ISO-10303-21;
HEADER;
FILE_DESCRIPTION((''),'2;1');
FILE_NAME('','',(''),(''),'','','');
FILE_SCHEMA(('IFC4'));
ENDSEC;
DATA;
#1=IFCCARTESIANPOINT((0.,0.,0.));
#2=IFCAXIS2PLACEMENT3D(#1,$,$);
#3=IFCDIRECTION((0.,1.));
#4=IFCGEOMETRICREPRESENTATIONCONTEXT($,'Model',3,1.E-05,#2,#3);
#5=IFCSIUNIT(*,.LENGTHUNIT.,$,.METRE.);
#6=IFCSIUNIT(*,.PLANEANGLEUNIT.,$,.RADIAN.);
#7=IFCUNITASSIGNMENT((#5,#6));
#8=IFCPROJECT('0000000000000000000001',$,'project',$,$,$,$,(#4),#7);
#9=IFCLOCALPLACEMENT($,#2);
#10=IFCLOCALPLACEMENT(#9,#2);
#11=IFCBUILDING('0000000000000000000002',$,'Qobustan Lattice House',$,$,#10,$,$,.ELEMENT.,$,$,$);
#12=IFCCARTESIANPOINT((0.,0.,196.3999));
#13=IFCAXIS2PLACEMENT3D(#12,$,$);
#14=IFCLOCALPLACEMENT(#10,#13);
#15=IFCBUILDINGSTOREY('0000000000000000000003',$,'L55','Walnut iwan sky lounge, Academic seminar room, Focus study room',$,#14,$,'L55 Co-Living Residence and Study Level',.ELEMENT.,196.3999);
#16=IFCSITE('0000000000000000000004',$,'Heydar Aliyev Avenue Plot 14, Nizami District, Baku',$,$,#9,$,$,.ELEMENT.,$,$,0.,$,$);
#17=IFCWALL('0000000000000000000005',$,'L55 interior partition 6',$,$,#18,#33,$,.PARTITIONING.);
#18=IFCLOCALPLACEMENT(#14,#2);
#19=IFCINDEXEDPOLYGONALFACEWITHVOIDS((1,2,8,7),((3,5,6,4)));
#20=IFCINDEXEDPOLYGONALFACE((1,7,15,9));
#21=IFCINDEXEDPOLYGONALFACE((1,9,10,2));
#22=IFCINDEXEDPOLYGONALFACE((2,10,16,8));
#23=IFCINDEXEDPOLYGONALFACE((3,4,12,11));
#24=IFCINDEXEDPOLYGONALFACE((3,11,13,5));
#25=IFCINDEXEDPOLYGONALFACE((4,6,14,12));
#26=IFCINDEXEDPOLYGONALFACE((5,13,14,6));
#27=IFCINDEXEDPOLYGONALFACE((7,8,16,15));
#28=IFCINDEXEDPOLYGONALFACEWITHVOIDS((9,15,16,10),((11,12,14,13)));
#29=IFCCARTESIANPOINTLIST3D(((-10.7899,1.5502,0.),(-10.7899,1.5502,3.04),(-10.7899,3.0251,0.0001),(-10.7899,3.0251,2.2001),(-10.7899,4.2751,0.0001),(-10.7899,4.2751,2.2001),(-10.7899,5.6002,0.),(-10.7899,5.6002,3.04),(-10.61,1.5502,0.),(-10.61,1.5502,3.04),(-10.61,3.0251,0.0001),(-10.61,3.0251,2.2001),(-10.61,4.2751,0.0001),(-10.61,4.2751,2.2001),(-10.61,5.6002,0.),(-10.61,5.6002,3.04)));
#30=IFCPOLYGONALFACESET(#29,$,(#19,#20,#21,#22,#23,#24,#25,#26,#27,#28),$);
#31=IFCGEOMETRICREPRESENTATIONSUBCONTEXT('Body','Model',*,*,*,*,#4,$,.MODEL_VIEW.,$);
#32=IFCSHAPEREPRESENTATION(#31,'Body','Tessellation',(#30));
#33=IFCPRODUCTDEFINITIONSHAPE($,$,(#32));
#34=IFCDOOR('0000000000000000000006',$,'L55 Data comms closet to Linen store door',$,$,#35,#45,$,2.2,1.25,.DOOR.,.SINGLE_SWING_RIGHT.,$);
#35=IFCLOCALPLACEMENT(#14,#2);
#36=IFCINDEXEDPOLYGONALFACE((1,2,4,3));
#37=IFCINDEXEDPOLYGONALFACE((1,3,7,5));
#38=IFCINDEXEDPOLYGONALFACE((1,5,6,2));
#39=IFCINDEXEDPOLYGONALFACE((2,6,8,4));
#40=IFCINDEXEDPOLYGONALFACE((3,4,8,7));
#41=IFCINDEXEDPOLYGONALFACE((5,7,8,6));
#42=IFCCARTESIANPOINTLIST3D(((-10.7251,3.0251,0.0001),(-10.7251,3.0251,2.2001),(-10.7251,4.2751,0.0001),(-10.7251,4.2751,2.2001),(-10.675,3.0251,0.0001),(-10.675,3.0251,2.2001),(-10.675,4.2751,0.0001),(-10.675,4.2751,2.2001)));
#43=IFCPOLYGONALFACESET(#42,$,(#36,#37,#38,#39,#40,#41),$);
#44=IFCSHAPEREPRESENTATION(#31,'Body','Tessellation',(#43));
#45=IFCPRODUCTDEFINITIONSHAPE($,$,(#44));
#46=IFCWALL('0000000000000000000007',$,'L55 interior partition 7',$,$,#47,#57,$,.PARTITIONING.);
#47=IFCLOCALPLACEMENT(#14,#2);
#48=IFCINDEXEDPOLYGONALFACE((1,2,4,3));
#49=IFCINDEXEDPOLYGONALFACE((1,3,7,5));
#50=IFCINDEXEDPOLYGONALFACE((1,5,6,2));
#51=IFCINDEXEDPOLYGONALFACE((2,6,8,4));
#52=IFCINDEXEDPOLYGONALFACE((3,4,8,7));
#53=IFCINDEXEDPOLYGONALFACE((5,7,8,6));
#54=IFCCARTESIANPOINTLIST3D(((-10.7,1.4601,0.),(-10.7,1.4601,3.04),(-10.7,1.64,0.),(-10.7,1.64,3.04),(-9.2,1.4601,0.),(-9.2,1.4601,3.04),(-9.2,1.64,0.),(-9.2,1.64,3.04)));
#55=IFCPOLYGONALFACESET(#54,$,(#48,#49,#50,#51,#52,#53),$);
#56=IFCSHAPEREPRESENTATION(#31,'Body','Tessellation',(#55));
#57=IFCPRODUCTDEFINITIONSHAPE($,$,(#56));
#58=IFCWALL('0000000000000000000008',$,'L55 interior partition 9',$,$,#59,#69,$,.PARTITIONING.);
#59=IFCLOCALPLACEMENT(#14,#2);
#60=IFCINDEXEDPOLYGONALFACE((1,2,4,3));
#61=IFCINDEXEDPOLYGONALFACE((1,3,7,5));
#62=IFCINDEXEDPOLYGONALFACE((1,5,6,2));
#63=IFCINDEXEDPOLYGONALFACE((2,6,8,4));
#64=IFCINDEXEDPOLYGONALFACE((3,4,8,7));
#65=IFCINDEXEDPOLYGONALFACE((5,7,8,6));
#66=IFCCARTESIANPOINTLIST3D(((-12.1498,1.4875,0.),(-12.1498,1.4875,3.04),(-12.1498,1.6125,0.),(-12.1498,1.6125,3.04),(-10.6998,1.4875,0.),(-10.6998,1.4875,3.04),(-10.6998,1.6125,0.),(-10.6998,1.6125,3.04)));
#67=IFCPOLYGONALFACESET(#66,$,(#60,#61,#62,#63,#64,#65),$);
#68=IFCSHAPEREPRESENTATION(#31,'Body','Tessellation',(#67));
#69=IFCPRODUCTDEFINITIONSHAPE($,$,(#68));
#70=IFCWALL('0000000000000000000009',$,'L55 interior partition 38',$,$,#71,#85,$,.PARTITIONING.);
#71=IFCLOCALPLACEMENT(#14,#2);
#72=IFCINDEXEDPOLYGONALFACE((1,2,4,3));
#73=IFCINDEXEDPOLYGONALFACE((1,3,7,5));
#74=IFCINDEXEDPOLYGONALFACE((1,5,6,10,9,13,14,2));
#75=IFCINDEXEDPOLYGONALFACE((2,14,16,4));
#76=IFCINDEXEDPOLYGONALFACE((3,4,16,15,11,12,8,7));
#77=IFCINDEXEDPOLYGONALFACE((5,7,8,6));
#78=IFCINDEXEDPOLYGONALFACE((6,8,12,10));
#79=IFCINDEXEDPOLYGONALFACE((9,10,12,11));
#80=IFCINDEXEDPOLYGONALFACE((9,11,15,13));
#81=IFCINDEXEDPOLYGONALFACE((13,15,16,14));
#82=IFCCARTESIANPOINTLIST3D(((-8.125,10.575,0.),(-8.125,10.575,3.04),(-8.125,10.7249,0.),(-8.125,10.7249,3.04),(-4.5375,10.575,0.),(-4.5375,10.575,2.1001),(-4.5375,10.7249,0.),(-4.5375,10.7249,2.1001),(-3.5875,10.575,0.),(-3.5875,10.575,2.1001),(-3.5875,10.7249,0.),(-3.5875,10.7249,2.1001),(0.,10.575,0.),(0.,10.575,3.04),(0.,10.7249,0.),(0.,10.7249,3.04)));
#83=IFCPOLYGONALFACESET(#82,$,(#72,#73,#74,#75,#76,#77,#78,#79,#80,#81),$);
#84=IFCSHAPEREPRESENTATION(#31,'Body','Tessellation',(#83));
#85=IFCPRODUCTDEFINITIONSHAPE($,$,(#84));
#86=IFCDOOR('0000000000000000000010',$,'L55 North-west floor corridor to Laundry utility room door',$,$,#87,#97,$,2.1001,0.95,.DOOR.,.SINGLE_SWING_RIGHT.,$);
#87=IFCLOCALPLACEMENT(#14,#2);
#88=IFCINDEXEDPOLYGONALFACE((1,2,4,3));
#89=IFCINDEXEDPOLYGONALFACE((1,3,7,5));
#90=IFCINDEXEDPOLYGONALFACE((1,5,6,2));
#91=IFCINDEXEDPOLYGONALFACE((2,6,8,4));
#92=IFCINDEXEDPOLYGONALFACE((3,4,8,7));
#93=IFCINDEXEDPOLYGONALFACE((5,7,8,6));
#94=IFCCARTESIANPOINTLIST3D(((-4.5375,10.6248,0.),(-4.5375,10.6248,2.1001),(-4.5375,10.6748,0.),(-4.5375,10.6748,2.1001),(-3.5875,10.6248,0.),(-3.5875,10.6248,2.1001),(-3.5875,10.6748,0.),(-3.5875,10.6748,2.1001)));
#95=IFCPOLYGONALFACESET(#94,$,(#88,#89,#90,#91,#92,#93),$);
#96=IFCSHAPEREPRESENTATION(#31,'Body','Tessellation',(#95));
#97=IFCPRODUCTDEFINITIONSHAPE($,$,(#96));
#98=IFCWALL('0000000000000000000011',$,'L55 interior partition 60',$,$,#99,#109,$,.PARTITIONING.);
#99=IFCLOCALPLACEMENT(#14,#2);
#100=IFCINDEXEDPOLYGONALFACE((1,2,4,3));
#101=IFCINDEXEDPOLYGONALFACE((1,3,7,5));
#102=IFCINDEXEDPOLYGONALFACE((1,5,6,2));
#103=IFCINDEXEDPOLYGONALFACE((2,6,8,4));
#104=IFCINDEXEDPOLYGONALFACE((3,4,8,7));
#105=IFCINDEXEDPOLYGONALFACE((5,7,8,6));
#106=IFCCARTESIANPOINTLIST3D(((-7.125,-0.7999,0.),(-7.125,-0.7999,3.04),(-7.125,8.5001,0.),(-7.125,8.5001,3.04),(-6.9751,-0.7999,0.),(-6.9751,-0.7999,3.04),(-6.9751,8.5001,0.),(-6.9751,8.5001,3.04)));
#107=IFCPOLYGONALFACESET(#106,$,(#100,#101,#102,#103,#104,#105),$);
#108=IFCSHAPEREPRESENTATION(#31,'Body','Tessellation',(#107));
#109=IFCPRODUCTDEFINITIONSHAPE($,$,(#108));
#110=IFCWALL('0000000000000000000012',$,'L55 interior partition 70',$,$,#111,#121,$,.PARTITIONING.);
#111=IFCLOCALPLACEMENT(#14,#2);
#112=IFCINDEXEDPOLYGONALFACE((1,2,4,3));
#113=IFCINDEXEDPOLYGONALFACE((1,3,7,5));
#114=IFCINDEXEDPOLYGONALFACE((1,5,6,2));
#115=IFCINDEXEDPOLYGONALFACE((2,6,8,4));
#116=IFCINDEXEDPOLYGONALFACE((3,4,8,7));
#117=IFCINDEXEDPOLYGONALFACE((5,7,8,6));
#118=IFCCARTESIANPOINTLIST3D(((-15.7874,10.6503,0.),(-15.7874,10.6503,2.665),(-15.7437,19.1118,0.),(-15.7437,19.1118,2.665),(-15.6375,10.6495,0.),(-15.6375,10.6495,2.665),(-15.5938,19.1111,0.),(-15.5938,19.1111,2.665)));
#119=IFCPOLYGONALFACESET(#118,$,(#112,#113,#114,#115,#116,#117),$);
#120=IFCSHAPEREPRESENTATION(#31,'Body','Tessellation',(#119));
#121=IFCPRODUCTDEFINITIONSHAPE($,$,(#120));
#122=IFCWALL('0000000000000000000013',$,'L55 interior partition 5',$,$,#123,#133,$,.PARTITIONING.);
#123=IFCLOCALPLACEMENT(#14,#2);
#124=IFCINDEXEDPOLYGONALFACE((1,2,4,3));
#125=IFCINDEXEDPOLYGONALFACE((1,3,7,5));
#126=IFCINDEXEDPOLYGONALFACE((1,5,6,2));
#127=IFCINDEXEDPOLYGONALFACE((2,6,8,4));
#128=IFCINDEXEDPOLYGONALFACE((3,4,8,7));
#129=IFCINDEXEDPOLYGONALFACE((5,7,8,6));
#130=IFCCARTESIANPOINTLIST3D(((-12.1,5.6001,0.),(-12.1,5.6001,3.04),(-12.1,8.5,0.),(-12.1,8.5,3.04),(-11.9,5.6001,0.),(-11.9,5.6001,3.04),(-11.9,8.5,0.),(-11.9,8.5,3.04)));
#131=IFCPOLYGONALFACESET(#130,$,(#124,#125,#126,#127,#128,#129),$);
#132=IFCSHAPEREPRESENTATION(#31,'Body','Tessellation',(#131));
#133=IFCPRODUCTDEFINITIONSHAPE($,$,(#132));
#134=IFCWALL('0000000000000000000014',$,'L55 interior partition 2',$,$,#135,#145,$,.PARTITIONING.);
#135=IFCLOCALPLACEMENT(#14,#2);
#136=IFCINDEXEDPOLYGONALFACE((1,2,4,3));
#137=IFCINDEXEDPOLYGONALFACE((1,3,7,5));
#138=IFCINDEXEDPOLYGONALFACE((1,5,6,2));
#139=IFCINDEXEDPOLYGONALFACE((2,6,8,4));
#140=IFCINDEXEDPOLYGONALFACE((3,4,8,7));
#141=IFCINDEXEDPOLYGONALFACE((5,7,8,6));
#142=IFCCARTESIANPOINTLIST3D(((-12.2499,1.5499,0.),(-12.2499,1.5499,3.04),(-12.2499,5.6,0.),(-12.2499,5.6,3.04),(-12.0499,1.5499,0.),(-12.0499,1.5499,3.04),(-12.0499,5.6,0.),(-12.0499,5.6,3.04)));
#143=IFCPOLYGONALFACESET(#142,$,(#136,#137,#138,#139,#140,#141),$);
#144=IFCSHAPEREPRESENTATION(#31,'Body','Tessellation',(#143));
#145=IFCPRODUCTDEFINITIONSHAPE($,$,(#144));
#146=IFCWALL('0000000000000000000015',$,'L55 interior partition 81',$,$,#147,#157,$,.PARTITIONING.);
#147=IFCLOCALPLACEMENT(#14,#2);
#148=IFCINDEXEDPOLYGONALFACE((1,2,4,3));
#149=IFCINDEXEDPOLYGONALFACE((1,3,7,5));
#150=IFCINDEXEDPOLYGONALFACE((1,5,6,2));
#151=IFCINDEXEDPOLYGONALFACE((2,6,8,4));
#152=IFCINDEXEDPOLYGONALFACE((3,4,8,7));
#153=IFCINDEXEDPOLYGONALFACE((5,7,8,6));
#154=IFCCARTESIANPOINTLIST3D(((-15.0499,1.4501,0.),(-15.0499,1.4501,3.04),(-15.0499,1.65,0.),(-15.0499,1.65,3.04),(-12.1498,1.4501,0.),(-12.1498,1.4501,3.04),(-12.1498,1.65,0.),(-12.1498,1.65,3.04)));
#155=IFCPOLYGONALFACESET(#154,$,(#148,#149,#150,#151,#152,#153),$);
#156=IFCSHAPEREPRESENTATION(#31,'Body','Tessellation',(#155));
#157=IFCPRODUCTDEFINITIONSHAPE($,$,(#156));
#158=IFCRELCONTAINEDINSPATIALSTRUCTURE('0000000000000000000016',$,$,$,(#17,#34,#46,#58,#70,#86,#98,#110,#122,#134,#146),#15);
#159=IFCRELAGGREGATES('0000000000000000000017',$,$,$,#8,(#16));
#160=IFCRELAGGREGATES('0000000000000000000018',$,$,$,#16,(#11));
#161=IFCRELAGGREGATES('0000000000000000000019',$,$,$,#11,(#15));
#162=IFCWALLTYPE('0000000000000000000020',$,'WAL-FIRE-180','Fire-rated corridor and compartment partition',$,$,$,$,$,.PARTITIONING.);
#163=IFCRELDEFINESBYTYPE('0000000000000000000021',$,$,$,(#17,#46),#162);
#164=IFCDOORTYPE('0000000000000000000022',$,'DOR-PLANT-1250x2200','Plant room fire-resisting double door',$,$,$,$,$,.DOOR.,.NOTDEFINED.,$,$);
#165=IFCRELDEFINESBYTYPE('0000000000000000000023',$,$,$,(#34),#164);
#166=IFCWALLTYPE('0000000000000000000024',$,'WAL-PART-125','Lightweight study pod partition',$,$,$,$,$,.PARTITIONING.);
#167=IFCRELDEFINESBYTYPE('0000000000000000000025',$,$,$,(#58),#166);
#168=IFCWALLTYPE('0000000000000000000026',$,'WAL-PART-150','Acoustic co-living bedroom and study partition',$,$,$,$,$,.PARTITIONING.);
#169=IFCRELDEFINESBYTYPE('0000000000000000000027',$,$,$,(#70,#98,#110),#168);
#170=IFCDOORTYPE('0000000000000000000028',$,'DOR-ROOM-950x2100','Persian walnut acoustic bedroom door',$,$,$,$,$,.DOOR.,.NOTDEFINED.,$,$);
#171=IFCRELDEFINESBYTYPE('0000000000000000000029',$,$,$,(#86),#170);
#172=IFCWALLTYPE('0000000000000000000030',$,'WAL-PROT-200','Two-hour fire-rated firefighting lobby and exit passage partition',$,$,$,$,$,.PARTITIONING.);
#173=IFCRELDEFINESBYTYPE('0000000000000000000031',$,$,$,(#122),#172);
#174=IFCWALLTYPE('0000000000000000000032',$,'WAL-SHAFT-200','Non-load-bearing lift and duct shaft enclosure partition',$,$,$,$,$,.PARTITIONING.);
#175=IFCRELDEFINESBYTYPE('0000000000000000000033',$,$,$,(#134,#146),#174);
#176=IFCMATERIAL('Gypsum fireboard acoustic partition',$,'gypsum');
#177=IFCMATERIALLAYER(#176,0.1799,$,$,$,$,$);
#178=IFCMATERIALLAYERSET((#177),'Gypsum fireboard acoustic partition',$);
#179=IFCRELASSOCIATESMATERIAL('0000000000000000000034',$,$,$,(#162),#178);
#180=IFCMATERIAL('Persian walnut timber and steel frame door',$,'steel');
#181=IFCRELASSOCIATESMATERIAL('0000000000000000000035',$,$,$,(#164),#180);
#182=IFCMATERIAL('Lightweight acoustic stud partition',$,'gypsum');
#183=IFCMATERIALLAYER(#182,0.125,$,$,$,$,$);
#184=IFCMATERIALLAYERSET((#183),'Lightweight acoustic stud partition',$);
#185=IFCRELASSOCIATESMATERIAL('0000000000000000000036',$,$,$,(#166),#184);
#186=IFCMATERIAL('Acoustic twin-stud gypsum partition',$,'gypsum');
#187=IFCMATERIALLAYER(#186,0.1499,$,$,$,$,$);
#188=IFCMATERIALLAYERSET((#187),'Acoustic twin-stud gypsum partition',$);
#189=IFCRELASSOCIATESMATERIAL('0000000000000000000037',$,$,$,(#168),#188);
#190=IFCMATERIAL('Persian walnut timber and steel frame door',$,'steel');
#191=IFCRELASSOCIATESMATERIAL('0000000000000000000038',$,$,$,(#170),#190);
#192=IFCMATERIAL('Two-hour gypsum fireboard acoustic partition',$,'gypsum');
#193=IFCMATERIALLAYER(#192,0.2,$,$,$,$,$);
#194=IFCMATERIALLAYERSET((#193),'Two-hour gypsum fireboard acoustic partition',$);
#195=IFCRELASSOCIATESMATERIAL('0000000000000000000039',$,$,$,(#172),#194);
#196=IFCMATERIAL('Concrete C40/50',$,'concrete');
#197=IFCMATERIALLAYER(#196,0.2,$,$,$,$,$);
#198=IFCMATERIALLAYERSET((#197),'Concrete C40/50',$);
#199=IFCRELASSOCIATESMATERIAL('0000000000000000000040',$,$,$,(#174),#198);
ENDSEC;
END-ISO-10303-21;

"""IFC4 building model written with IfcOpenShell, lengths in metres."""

from ifc_helpers import new_model, si_unit, direction, frame, frame_2d, origin, place, context, subcontext, project, spatial, rectangle, extrude, material, layer, layer_set, type_object, element, fill, save


model = new_model("IFC4")

# Units and contexts
model_context = context("Model", 3, precision=1e-05, world=origin(), true_north=direction((0.0, 1.0)))
body_context = subcontext(model_context, "Body", "Model", "MODEL_VIEW")
ifc_project = project(units=[si_unit("LENGTHUNIT", "METRE"), si_unit("PLANEANGLEUNIT", "RADIAN")], contexts=[model_context])

# Site, building, storey
site_placement = place(None, origin())
site = spatial("IfcSite", under=ifc_project, at=site_placement, Name="Heydar Aliyev Avenue Plot 14, Nizami District, Baku", CompositionType="ELEMENT", RefElevation=0.0)
building_placement = place(site_placement, origin())
building = spatial("IfcBuilding", under=site, at=building_placement, Name="Qobustan Lattice House", CompositionType="ELEMENT")
storey_placement = place(building_placement, frame((0.0, 0.0, 196.3999)))
storey = spatial("IfcBuildingStorey", under=building, at=storey_placement, Name="L55", Description="Walnut iwan sky lounge, Academic seminar room, Focus study room", LongName="L55 Co-Living Residence and Study Level", CompositionType="ELEMENT", Elevation=196.3999)

# Wall, opening, door
ifc_material_1 = material(Name="Gypsum fireboard acoustic partition", Category="gypsum")
ifc_layer_1 = layer(ifc_material_1, 0.1799)
ifc_layer_set_1 = layer_set([ifc_layer_1], Name="Gypsum fireboard acoustic partition")
wall_type_1 = type_object("IfcWallType", Name="WAL-FIRE-180", Description="Fire-rated corridor and compartment partition", PredefinedType="PARTITIONING", material=ifc_layer_set_1)
wall_1_placement = place(storey_placement, frame((-10.7, 5.6001, 0.0), z_axis=(0.0, 0.0, 1.0), x_axis=(0.0, -1.0, 0.0)))
wall_1 = element("IfcWall", 1, at=wall_1_placement, inside=storey, type_object=wall_type_1, Name="L55 interior partition 6", PredefinedType="PARTITIONING", context=body_context, shape_type="SweptSolid", body=[
    extrude(rectangle(XDim=4.05, YDim=0.1799, at=frame_2d((2.0249, 0.0))), origin(), (0.0, 0.0, 1.0), 3.04),
])
opening_1_placement = place(wall_1_placement, frame((1.325, 0.0, 0.0)))
opening_1 = element("IfcOpeningElement", 2, at=opening_1_placement, cuts=wall_1, PredefinedType="OPENING", context=body_context, shape_type="SweptSolid", body=[
    extrude(rectangle(XDim=1.25, YDim=2.2, at=frame_2d((0.625, 1.1001))), frame((0.0, 0.0999, 0.0), z_axis=(0.0, -1.0, 0.0), x_axis=(1.0, 0.0, 0.0)), (0.0, 0.0, 1.0), 0.2),
])
ifc_material_2 = material(Name="Persian walnut timber and steel frame door", Category="steel")
door_type_1 = type_object("IfcDoorType", Name="DOR-PLANT-1250x2200", Description="Plant room fire-resisting double door", OperationType="NOTDEFINED", PredefinedType="DOOR", material=ifc_material_2)
door_1_placement = place(opening_1_placement, origin())
door_1 = element("IfcDoor", 3, at=door_1_placement, inside=storey, type_object=door_type_1, Name="L55 Data comms closet to Linen store door", OperationType="SINGLE_SWING_RIGHT", OverallHeight=2.2, OverallWidth=1.25, PredefinedType="DOOR", context=body_context, shape_type="SweptSolid", body=[
    extrude(rectangle(XDim=1.25, YDim=2.2, at=frame_2d((0.625, 1.1001))), frame((0.0, 0.0249, 0.0), z_axis=(0.0, -1.0, 0.0), x_axis=(1.0, 0.0, 0.0)), (0.0, 0.0, 1.0), 0.05),
])
fill(opening_1, door_1)

# Walls
wall_2_placement = place(storey_placement, frame((-10.7, 1.55, 0.0), z_axis=(0.0, 0.0, 1.0), x_axis=(1.0, 0.0, 0.0)))
element("IfcWall", 4, at=wall_2_placement, inside=storey, type_object=wall_type_1, Name="L55 interior partition 7", PredefinedType="PARTITIONING", context=body_context, shape_type="SweptSolid", body=[
    extrude(rectangle(XDim=1.5, YDim=0.1799, at=frame_2d((0.75, 0.0))), origin(), (0.0, 0.0, 1.0), 3.04),
])
ifc_material_3 = material(Name="Lightweight acoustic stud partition", Category="gypsum")
ifc_layer_2 = layer(ifc_material_3, 0.125)
ifc_layer_set_2 = layer_set([ifc_layer_2], Name="Lightweight acoustic stud partition")
wall_type_2 = type_object("IfcWallType", Name="WAL-PART-125", Description="Lightweight study pod partition", PredefinedType="PARTITIONING", material=ifc_layer_set_2)
wall_3_placement = place(storey_placement, frame((-12.1499, 1.55, 0.0), z_axis=(0.0, 0.0, 1.0), x_axis=(1.0, 0.0, 0.0)))
element("IfcWall", 5, at=wall_3_placement, inside=storey, type_object=wall_type_2, Name="L55 interior partition 9", PredefinedType="PARTITIONING", context=body_context, shape_type="SweptSolid", body=[
    extrude(rectangle(XDim=1.45, YDim=0.125, at=frame_2d((0.7251, 0.0))), origin(), (0.0, 0.0, 1.0), 3.04),
])

# Wall, opening, door
ifc_material_4 = material(Name="Acoustic twin-stud gypsum partition", Category="gypsum")
ifc_layer_3 = layer(ifc_material_4, 0.1499)
ifc_layer_set_3 = layer_set([ifc_layer_3], Name="Acoustic twin-stud gypsum partition")
wall_type_3 = type_object("IfcWallType", Name="WAL-PART-150", Description="Acoustic co-living bedroom and study partition", PredefinedType="PARTITIONING", material=ifc_layer_set_3)
wall_4_placement = place(storey_placement, frame((-8.125, 10.6499, 0.0), z_axis=(0.0, 0.0, 1.0), x_axis=(1.0, 0.0, 0.0)))
wall_4 = element("IfcWall", 6, at=wall_4_placement, inside=storey, type_object=wall_type_3, Name="L55 interior partition 38", PredefinedType="PARTITIONING", context=body_context, shape_type="SweptSolid", body=[
    extrude(rectangle(XDim=8.125, YDim=0.1499, at=frame_2d((4.0625, 0.0))), origin(), (0.0, 0.0, 1.0), 3.04),
])
opening_2_placement = place(wall_4_placement, frame((3.5874, 0.0, 0.0)))
opening_2 = element("IfcOpeningElement", 7, at=opening_2_placement, cuts=wall_4, PredefinedType="OPENING", context=body_context, shape_type="SweptSolid", body=[
    extrude(rectangle(XDim=0.95, YDim=2.1001, at=frame_2d((0.4751, 1.05))), frame((0.0, 0.085, 0.0), z_axis=(0.0, -1.0, 0.0), x_axis=(1.0, 0.0, 0.0)), (0.0, 0.0, 1.0), 0.1699),
])
ifc_material_5 = material(Name="Persian walnut timber and steel frame door", Category="steel")
door_type_2 = type_object("IfcDoorType", Name="DOR-ROOM-950x2100", Description="Persian walnut acoustic bedroom door", OperationType="NOTDEFINED", PredefinedType="DOOR", material=ifc_material_5)
door_2_placement = place(opening_2_placement, origin())
door_2 = element("IfcDoor", 8, at=door_2_placement, inside=storey, type_object=door_type_2, Name="L55 North-west floor corridor to Laundry utility room door", OperationType="SINGLE_SWING_RIGHT", OverallHeight=2.1001, OverallWidth=0.95, PredefinedType="DOOR", context=body_context, shape_type="SweptSolid", body=[
    extrude(rectangle(XDim=0.95, YDim=2.1001, at=frame_2d((0.4751, 1.05))), frame((0.0, 0.0249, 0.0), z_axis=(0.0, -1.0, 0.0), x_axis=(1.0, 0.0, 0.0)), (0.0, 0.0, 1.0), 0.05),
])
fill(opening_2, door_2)

# Walls
wall_5_placement = place(storey_placement, frame((-7.05, 8.5, 0.0), z_axis=(0.0, 0.0, 1.0), x_axis=(0.0, -1.0, 0.0)))
element("IfcWall", 9, at=wall_5_placement, inside=storey, type_object=wall_type_3, Name="L55 interior partition 60", PredefinedType="PARTITIONING", context=body_context, shape_type="SweptSolid", body=[
    extrude(rectangle(XDim=9.3, YDim=0.1499, at=frame_2d((4.6499, 0.0))), origin(), (0.0, 0.0, 1.0), 3.04),
])
wall_6_placement = place(storey_placement, frame((-15.6687, 19.1116, 0.0), z_axis=(0.0, 0.0, 1.0), x_axis=(-0.005165, -0.999987, 0.0)))
element("IfcWall", 10, at=wall_6_placement, inside=storey, type_object=wall_type_3, Name="L55 interior partition 70", PredefinedType="PARTITIONING", context=body_context, shape_type="SweptSolid", body=[
    extrude(rectangle(XDim=8.4617, YDim=0.1499, at=frame_2d((4.231, 0.0))), origin(), (0.0, 0.0, 1.0), 2.665),
])

# Shared definitions
ifc_material_6 = material(Name="Two-hour gypsum fireboard acoustic partition", Category="gypsum")
ifc_layer_4 = layer(ifc_material_6, 0.2)
ifc_layer_set_4 = layer_set([ifc_layer_4], Name="Two-hour gypsum fireboard acoustic partition")
wall_type_4 = type_object("IfcWallType", Name="WAL-PROT-200", Description="Two-hour fire-rated firefighting lobby and exit passage partition", PredefinedType="PARTITIONING", material=ifc_layer_set_4)

# Walls
wall_7_placement = place(storey_placement, frame((-12.0, 5.6001, 0.0), z_axis=(0.0, 0.0, 1.0), x_axis=(0.0, 1.0, 0.0)))
element("IfcWall", 11, at=wall_7_placement, inside=storey, type_object=wall_type_4, Name="L55 interior partition 5", PredefinedType="PARTITIONING", context=body_context, shape_type="SweptSolid", body=[
    extrude(rectangle(XDim=2.8999, YDim=0.2, at=frame_2d((1.45, 0.0))), origin(), (0.0, 0.0, 1.0), 3.04),
])
ifc_material_7 = material(Name="Concrete C40/50", Category="concrete")
ifc_layer_5 = layer(ifc_material_7, 0.2)
ifc_layer_set_5 = layer_set([ifc_layer_5], Name="Concrete C40/50")
wall_type_5 = type_object("IfcWallType", Name="WAL-SHAFT-200", Description="Non-load-bearing lift and duct shaft enclosure partition", PredefinedType="PARTITIONING", material=ifc_layer_set_5)
wall_8_placement = place(storey_placement, frame((-12.1499, 1.55, 0.0), z_axis=(0.0, 0.0, 1.0), x_axis=(0.0, 1.0, 0.0)))
element("IfcWall", 12, at=wall_8_placement, inside=storey, type_object=wall_type_5, Name="L55 interior partition 2", PredefinedType="PARTITIONING", context=body_context, shape_type="SweptSolid", body=[
    extrude(rectangle(XDim=4.05, YDim=0.2, at=frame_2d((2.0249, 0.0))), origin(), (0.0, 0.0, 1.0), 3.04),
])
wall_9_placement = place(storey_placement, frame((-15.05, 1.55, 0.0), z_axis=(0.0, 0.0, 1.0), x_axis=(1.0, 0.0, 0.0)))
element("IfcWall", 13, at=wall_9_placement, inside=storey, type_object=wall_type_5, Name="L55 interior partition 81", PredefinedType="PARTITIONING", context=body_context, shape_type="SweptSolid", body=[
    extrude(rectangle(XDim=2.9001, YDim=0.2, at=frame_2d((1.4502, 0.0))), origin(), (0.0, 0.0, 1.0), 3.04),
])

save(model, "model.ifc")
